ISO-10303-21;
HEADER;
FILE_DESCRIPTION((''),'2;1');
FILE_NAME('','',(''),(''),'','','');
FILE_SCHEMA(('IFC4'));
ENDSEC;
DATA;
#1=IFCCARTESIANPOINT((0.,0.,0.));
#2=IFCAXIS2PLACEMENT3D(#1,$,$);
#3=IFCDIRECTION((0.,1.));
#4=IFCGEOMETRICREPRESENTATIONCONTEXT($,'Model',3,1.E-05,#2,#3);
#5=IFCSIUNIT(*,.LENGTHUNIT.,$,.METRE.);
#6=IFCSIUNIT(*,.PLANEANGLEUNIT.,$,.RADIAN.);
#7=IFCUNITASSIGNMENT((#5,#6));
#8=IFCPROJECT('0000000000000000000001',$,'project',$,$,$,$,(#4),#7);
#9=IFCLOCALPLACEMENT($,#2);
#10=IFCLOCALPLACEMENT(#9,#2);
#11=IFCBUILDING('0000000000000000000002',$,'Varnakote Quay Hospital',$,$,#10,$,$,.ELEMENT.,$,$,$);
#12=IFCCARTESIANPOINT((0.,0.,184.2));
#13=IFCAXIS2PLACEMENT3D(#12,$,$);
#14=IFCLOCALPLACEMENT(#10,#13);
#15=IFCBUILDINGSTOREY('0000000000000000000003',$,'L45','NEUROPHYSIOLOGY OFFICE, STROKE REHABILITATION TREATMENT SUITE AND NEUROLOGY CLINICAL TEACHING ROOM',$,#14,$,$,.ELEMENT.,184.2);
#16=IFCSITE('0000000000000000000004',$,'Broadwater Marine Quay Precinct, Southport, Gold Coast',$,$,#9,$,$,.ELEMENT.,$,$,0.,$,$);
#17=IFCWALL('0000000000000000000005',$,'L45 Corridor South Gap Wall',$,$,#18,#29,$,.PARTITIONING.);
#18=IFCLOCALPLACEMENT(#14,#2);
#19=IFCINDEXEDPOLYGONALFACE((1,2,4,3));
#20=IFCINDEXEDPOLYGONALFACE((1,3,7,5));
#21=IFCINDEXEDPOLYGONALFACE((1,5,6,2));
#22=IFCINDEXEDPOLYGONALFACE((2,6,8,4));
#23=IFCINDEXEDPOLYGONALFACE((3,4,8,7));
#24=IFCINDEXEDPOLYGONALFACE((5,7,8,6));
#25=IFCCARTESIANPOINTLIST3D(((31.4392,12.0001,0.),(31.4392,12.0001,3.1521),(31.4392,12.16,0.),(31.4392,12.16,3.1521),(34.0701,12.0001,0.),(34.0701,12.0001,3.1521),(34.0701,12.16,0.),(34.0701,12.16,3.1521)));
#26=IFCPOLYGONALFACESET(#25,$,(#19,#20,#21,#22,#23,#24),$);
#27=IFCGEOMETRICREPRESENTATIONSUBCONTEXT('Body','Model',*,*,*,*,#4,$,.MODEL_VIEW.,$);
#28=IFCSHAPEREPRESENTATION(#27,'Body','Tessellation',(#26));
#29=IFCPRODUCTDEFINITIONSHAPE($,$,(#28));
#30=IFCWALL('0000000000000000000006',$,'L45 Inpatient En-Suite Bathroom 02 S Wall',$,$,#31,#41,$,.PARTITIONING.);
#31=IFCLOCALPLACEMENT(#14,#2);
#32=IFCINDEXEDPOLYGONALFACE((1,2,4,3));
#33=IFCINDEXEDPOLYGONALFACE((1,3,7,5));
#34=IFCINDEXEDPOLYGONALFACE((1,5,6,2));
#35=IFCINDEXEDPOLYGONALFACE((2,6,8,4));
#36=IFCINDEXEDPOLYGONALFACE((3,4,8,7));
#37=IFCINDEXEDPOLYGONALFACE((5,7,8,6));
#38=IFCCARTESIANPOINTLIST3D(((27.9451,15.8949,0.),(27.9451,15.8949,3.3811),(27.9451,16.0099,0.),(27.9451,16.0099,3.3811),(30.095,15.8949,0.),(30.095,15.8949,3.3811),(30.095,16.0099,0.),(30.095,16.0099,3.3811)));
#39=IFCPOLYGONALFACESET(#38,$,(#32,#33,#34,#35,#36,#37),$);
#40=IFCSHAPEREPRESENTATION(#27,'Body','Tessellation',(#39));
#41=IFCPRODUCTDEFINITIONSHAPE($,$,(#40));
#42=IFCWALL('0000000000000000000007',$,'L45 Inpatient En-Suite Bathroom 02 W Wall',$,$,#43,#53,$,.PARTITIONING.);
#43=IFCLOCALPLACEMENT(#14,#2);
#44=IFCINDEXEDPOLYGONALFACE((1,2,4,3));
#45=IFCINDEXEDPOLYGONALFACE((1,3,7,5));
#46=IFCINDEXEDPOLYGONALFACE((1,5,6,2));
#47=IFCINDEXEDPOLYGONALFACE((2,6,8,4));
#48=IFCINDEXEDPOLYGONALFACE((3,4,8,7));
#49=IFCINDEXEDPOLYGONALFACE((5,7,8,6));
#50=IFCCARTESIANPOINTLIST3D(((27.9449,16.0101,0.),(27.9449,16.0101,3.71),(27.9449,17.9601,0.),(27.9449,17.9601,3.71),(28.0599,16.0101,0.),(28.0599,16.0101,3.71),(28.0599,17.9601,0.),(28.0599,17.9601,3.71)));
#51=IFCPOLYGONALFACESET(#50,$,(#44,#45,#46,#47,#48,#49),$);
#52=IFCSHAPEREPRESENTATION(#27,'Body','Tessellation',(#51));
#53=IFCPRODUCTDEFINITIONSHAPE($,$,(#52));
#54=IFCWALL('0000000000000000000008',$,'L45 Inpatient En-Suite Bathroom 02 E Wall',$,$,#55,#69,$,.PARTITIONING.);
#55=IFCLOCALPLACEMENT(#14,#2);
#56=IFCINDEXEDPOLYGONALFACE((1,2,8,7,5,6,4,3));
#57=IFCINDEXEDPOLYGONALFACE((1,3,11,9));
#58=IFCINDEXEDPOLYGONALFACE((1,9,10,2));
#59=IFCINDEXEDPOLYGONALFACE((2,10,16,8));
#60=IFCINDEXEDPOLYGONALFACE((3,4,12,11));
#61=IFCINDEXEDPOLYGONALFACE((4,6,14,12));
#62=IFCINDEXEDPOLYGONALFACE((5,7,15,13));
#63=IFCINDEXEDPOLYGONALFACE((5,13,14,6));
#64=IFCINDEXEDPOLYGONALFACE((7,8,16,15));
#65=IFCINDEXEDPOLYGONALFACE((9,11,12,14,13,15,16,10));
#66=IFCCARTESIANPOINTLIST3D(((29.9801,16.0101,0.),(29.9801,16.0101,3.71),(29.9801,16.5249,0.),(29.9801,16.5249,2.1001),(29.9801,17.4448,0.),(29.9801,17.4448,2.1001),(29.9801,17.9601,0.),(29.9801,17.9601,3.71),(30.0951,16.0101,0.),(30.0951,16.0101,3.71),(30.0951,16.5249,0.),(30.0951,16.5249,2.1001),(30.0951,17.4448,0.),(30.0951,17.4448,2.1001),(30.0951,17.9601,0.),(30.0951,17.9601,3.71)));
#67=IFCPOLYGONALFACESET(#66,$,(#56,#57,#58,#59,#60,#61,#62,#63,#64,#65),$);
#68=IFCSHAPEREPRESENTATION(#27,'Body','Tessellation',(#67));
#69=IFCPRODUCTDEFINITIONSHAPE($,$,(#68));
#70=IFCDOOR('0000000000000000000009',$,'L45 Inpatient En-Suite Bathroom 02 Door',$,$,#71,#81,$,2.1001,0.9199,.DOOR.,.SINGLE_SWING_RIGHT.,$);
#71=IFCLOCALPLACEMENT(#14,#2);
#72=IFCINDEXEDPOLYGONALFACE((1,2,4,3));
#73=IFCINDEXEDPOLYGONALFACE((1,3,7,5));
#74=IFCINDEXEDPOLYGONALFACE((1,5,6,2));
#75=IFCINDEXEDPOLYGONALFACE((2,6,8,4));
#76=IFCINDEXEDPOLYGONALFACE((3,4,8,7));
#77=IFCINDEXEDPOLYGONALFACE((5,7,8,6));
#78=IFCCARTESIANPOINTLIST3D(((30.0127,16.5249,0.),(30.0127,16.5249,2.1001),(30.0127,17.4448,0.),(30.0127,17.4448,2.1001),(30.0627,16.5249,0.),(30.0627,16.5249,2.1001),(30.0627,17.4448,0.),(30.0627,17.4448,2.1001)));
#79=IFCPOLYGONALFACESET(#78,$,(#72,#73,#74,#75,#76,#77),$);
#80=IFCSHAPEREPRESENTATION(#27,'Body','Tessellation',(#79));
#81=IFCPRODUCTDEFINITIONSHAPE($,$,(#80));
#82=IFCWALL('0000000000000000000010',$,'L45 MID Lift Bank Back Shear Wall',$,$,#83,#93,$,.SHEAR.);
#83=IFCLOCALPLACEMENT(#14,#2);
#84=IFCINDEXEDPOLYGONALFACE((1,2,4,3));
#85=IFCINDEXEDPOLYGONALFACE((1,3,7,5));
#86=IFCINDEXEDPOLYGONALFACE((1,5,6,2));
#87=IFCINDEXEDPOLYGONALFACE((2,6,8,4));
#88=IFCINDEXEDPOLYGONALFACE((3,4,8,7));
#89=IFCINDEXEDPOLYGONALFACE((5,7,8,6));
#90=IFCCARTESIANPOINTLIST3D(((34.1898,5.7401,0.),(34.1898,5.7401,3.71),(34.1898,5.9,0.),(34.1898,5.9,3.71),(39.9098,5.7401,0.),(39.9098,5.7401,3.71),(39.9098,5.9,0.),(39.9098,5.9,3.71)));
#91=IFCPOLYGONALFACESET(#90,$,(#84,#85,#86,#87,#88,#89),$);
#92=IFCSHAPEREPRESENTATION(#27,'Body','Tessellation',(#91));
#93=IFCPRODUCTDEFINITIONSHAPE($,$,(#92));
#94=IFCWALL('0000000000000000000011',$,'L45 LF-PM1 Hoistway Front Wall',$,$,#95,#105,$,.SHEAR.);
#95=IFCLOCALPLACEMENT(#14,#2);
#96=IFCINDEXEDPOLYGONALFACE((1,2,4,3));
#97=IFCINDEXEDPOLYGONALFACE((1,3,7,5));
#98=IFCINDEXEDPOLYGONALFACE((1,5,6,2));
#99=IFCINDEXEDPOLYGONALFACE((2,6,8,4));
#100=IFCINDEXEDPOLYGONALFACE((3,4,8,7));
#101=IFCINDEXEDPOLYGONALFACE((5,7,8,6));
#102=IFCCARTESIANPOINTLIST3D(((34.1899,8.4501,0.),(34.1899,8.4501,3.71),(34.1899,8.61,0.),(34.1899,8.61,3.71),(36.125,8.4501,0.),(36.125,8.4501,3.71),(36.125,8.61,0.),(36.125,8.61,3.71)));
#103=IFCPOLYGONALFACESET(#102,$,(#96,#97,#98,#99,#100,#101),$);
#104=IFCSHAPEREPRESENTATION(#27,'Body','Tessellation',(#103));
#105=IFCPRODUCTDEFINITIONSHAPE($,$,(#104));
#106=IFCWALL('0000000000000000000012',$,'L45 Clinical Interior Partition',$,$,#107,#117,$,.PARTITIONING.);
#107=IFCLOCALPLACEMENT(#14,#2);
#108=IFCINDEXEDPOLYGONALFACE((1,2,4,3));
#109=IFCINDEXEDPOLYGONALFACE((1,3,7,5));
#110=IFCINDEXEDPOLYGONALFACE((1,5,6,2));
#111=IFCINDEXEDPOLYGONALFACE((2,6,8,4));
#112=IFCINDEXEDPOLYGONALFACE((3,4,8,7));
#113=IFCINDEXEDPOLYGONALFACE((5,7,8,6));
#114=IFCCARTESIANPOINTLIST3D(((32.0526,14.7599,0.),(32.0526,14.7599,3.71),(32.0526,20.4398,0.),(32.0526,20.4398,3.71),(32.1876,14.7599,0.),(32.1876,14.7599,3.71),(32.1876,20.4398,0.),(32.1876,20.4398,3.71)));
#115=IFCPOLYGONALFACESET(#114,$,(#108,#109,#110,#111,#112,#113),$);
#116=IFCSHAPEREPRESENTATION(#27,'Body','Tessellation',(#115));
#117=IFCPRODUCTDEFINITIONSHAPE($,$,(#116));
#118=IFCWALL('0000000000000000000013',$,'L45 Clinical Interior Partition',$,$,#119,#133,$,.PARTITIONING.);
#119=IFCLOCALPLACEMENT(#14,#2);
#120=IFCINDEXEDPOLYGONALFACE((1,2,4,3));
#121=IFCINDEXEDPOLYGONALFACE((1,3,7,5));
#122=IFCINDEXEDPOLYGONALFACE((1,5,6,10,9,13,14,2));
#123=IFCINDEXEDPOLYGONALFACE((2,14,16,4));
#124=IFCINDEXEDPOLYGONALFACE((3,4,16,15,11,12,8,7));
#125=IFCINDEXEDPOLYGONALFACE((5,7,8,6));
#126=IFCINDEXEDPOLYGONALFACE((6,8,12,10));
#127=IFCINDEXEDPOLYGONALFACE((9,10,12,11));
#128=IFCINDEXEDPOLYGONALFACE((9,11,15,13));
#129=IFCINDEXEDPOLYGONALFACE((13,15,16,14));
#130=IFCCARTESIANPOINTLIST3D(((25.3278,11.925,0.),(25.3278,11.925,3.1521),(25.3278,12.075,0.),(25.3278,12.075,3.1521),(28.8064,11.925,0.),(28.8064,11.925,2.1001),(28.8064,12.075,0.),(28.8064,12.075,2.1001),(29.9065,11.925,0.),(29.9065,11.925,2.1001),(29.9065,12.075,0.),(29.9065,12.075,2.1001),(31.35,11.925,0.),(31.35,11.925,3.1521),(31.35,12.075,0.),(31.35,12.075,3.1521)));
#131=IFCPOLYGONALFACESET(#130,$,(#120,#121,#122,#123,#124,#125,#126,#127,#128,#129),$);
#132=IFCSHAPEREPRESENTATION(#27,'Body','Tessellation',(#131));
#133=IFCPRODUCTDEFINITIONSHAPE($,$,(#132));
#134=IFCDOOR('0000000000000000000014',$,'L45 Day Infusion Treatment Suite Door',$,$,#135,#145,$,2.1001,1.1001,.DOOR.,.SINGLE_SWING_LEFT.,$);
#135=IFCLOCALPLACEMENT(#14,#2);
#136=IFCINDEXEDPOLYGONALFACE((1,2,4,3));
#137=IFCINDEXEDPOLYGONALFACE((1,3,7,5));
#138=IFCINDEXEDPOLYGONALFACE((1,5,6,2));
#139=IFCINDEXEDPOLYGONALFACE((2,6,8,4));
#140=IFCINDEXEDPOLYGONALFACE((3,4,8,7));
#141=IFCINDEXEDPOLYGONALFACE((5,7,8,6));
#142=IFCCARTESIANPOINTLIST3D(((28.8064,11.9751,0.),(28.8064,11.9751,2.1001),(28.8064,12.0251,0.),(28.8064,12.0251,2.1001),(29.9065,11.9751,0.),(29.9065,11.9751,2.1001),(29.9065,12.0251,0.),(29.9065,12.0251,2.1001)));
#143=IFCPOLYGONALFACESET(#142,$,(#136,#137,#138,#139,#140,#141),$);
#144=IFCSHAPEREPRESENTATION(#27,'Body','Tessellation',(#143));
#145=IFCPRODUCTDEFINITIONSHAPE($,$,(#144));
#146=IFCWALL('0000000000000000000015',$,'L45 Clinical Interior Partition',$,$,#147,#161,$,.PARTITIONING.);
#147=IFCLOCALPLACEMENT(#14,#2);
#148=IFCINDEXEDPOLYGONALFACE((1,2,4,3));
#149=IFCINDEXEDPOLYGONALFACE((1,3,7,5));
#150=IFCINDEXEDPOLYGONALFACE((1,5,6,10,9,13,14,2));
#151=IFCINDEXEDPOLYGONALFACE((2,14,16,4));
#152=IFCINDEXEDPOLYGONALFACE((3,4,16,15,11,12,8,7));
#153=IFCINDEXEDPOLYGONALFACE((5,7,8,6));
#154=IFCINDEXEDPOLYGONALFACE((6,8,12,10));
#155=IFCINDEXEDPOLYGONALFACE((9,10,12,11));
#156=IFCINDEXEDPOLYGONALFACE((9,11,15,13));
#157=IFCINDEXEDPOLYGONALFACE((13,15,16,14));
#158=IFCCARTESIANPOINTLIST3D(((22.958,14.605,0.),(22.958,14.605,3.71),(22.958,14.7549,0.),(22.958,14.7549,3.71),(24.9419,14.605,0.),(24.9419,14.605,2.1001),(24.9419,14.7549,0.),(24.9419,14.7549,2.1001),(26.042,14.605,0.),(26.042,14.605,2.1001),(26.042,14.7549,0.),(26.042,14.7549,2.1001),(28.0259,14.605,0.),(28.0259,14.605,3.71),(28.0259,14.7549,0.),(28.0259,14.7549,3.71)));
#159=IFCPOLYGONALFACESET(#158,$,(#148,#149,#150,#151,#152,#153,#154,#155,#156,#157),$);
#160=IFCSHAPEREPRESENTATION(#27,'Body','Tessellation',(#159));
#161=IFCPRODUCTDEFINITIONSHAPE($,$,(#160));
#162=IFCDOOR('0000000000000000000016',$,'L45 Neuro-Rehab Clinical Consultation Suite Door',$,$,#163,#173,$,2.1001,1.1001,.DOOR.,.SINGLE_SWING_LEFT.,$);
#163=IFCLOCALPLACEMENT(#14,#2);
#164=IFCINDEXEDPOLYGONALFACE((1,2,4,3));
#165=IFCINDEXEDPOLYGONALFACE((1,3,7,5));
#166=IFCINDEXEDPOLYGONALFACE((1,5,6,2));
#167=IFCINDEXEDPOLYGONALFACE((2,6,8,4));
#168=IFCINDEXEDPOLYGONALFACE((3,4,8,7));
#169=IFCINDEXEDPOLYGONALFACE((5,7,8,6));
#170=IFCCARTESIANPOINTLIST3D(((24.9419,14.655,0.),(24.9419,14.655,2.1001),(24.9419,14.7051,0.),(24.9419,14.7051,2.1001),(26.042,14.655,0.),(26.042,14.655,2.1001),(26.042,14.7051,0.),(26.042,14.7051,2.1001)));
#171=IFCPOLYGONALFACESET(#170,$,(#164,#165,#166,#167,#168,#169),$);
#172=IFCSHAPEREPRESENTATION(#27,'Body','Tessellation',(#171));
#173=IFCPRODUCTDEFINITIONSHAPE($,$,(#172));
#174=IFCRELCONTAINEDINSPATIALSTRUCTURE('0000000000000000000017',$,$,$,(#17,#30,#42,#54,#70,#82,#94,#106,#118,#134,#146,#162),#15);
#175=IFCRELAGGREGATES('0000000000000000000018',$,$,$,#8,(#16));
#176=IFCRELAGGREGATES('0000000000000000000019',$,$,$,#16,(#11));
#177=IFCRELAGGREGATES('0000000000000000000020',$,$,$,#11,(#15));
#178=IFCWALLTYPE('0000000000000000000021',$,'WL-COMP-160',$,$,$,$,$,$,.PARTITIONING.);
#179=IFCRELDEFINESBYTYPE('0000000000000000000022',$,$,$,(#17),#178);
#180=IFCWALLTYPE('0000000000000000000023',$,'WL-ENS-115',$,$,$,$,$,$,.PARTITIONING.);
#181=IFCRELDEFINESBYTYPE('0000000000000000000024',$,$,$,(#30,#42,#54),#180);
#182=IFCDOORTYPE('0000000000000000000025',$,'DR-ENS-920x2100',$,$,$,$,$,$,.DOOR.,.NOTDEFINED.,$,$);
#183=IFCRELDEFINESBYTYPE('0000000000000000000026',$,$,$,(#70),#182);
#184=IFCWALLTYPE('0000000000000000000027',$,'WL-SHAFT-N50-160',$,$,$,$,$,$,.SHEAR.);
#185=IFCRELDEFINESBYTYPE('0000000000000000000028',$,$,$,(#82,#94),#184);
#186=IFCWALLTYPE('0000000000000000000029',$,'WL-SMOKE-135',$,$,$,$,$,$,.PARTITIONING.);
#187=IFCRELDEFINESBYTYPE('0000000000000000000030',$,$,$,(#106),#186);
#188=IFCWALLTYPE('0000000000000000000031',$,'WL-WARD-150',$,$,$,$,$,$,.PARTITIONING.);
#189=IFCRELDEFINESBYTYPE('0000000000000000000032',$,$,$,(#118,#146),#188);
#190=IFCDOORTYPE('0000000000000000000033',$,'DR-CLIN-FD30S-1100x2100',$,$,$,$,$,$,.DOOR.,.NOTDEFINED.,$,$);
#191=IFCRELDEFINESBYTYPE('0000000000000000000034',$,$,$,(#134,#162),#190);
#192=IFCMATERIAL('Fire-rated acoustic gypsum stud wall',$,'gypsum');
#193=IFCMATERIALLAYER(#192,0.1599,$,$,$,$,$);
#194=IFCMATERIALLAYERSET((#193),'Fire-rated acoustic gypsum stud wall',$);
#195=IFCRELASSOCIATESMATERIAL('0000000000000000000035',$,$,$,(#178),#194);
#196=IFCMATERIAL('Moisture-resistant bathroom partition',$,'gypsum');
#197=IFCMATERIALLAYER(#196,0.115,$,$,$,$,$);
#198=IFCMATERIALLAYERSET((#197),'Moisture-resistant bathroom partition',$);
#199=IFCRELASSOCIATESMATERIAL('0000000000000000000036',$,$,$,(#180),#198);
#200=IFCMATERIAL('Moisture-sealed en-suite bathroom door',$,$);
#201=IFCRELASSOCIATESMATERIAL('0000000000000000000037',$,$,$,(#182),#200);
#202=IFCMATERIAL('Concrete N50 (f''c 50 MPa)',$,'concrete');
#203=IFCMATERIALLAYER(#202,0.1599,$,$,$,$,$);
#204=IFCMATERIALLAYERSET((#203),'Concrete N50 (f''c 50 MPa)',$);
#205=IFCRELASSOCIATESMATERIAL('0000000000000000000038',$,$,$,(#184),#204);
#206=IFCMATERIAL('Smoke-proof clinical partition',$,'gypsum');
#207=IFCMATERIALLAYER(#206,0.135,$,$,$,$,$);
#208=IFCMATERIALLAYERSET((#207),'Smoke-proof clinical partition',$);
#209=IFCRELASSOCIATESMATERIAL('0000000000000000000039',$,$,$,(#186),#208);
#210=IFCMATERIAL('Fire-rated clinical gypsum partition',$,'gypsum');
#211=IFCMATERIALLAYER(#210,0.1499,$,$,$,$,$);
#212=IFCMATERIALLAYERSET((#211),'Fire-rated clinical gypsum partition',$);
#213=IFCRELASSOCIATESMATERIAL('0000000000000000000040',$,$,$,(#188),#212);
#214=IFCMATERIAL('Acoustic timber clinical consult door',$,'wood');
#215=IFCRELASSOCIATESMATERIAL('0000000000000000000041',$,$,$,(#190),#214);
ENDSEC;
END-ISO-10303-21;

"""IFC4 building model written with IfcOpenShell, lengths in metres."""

from ifc_helpers import new_model, si_unit, direction, frame, frame_2d, origin, place, context, subcontext, project, spatial, rectangle, extrude, material, layer, layer_set, type_object, element, fill, save


model = new_model("IFC4")

# Units and contexts
model_context = context("Model", 3, precision=1e-05, world=origin(), true_north=direction((0.0, 1.0)))
body_context = subcontext(model_context, "Body", "Model", "MODEL_VIEW")
ifc_project = project(units=[si_unit("LENGTHUNIT", "METRE"), si_unit("PLANEANGLEUNIT", "RADIAN")], contexts=[model_context])

# Site, building, storey
site_placement = place(None, origin())
site = spatial("IfcSite", under=ifc_project, at=site_placement, Name="Broadwater Marine Quay Precinct, Southport, Gold Coast", CompositionType="ELEMENT", RefElevation=0.0)
building_placement = place(site_placement, origin())
building = spatial("IfcBuilding", under=site, at=building_placement, Name="Varnakote Quay Hospital", CompositionType="ELEMENT")
storey_placement = place(building_placement, frame((0.0, 0.0, 184.2)))
storey = spatial("IfcBuildingStorey", under=building, at=storey_placement, Name="L45", Description="NEUROPHYSIOLOGY OFFICE, STROKE REHABILITATION TREATMENT SUITE AND NEUROLOGY CLINICAL TEACHING ROOM", CompositionType="ELEMENT", Elevation=184.2)

# Shared definitions
ifc_material_1 = material(Name="Fire-rated acoustic gypsum stud wall", Category="gypsum")
ifc_layer_1 = layer(ifc_material_1, 0.1599)
ifc_layer_set_1 = layer_set([ifc_layer_1], Name="Fire-rated acoustic gypsum stud wall")
wall_type_1 = type_object("IfcWallType", Name="WL-COMP-160", PredefinedType="PARTITIONING", material=ifc_layer_set_1)

# Walls
wall_1_placement = place(storey_placement, frame((31.4392, 12.0801, 0.0), z_axis=(0.0, 0.0, 1.0), x_axis=(1.0, 0.0, 0.0)))
element("IfcWall", 1, at=wall_1_placement, inside=storey, type_object=wall_type_1, Name="L45 Corridor South Gap Wall", PredefinedType="PARTITIONING", context=body_context, shape_type="SweptSolid", body=[
    extrude(rectangle(XDim=2.6309, YDim=0.1599, at=frame_2d((1.3154, 0.0))), origin(), (0.0, 0.0, 1.0), 3.1521),
])
ifc_material_2 = material(Name="Moisture-resistant bathroom partition", Category="gypsum")
ifc_layer_2 = layer(ifc_material_2, 0.115)
ifc_layer_set_2 = layer_set([ifc_layer_2], Name="Moisture-resistant bathroom partition")
wall_type_2 = type_object("IfcWallType", Name="WL-ENS-115", PredefinedType="PARTITIONING", material=ifc_layer_set_2)
wall_2_placement = place(storey_placement, frame((27.9451, 15.9524, 0.0), z_axis=(0.0, 0.0, 1.0), x_axis=(1.0, 0.0, 0.0)))
element("IfcWall", 2, at=wall_2_placement, inside=storey, type_object=wall_type_2, Name="L45 Inpatient En-Suite Bathroom 02 S Wall", PredefinedType="PARTITIONING", context=body_context, shape_type="SweptSolid", body=[
    extrude(rectangle(XDim=2.1499, YDim=0.115, at=frame_2d((1.075, 0.0))), origin(), (0.0, 0.0, 1.0), 3.3811),
])
wall_3_placement = place(storey_placement, frame((28.0024, 16.01, 0.0), z_axis=(0.0, 0.0, 1.0), x_axis=(0.0, 1.0, 0.0)))
element("IfcWall", 3, at=wall_3_placement, inside=storey, type_object=wall_type_2, Name="L45 Inpatient En-Suite Bathroom 02 W Wall", PredefinedType="PARTITIONING", context=body_context, shape_type="SweptSolid", body=[
    extrude(rectangle(XDim=1.95, YDim=0.115, at=frame_2d((0.9751, 0.0))), origin(), (0.0, 0.0, 1.0), 3.71),
])

# Wall, opening, door
wall_4_placement = place(storey_placement, frame((30.0376, 16.01, 0.0), z_axis=(0.0, 0.0, 1.0), x_axis=(0.0, 1.0, 0.0)))
wall_4 = element("IfcWall", 4, at=wall_4_placement, inside=storey, type_object=wall_type_2, Name="L45 Inpatient En-Suite Bathroom 02 E Wall", PredefinedType="PARTITIONING", context=body_context, shape_type="SweptSolid", body=[
    extrude(rectangle(XDim=1.95, YDim=0.115, at=frame_2d((0.9751, 0.0))), origin(), (0.0, 0.0, 1.0), 3.71),
])
opening_1_placement = place(wall_4_placement, frame((0.5149, 0.0, 0.0)))
opening_1 = element("IfcOpeningElement", 5, at=opening_1_placement, cuts=wall_4, PredefinedType="OPENING", context=body_context, shape_type="SweptSolid", body=[
    extrude(rectangle(XDim=0.9199, YDim=2.1001, at=frame_2d((0.46, 1.05))), frame((0.0, 0.0674, 0.0), z_axis=(0.0, -1.0, 0.0), x_axis=(1.0, 0.0, 0.0)), (0.0, 0.0, 1.0), 0.135),
])
ifc_material_3 = material(Name="Moisture-sealed en-suite bathroom door")
door_type_1 = type_object("IfcDoorType", Name="DR-ENS-920x2100", OperationType="NOTDEFINED", PredefinedType="DOOR", material=ifc_material_3)
door_1_placement = place(opening_1_placement, origin())
door_1 = element("IfcDoor", 6, at=door_1_placement, inside=storey, type_object=door_type_1, Name="L45 Inpatient En-Suite Bathroom 02 Door", OperationType="SINGLE_SWING_RIGHT", OverallHeight=2.1001, OverallWidth=0.9199, PredefinedType="DOOR", context=body_context, shape_type="SweptSolid", body=[
    extrude(rectangle(XDim=0.9199, YDim=2.1001, at=frame_2d((0.46, 1.05))), frame((0.0, 0.0249, 0.0), z_axis=(0.0, -1.0, 0.0), x_axis=(1.0, 0.0, 0.0)), (0.0, 0.0, 1.0), 0.05),
])
fill(opening_1, door_1)

# Walls
ifc_material_4 = material(Name="Concrete N50 (f'c 50 MPa)", Category="concrete")
ifc_layer_3 = layer(ifc_material_4, 0.1599)
ifc_layer_set_3 = layer_set([ifc_layer_3], Name="Concrete N50 (f'c 50 MPa)")
wall_type_3 = type_object("IfcWallType", Name="WL-SHAFT-N50-160", PredefinedType="SHEAR", material=ifc_layer_set_3)
wall_5_placement = place(storey_placement, frame((34.1899, 5.8201, 0.0), z_axis=(0.0, 0.0, 1.0), x_axis=(1.0, 0.0, 0.0)))
element("IfcWall", 7, at=wall_5_placement, inside=storey, type_object=wall_type_3, Name="L45 MID Lift Bank Back Shear Wall", PredefinedType="SHEAR", context=body_context, shape_type="SweptSolid", body=[
    extrude(rectangle(XDim=5.72, YDim=0.1599, at=frame_2d((2.8599, 0.0))), origin(), (0.0, 0.0, 1.0), 3.71),
])
wall_6_placement = place(storey_placement, frame((34.1899, 8.53, 0.0), z_axis=(0.0, 0.0, 1.0), x_axis=(1.0, 0.0, 0.0)))
element("IfcWall", 8, at=wall_6_placement, inside=storey, type_object=wall_type_3, Name="L45 LF-PM1 Hoistway Front Wall", PredefinedType="SHEAR", context=body_context, shape_type="SweptSolid", body=[
    extrude(rectangle(XDim=1.9351, YDim=0.1599, at=frame_2d((0.9675, 0.0))), origin(), (0.0, 0.0, 1.0), 3.71),
])
ifc_material_5 = material(Name="Smoke-proof clinical partition", Category="gypsum")
ifc_layer_4 = layer(ifc_material_5, 0.135)
ifc_layer_set_4 = layer_set([ifc_layer_4], Name="Smoke-proof clinical partition")
wall_type_4 = type_object("IfcWallType", Name="WL-SMOKE-135", PredefinedType="PARTITIONING", material=ifc_layer_set_4)
wall_7_placement = place(storey_placement, frame((32.1201, 14.76, 0.0), z_axis=(0.0, 0.0, 1.0), x_axis=(0.0, 1.0, 0.0)))
element("IfcWall", 9, at=wall_7_placement, inside=storey, type_object=wall_type_4, Name="L45 Clinical Interior Partition", PredefinedType="PARTITIONING", context=body_context, shape_type="SweptSolid", body=[
    extrude(rectangle(XDim=5.6799, YDim=0.135, at=frame_2d((2.8398, 0.0))), origin(), (0.0, 0.0, 1.0), 3.71),
])

# Walls, openings, doors
ifc_material_6 = material(Name="Fire-rated clinical gypsum partition", Category="gypsum")
ifc_layer_5 = layer(ifc_material_6, 0.1499)
ifc_layer_set_5 = layer_set([ifc_layer_5], Name="Fire-rated clinical gypsum partition")
wall_type_5 = type_object("IfcWallType", Name="WL-WARD-150", PredefinedType="PARTITIONING", material=ifc_layer_set_5)
wall_8_placement = place(storey_placement, frame((31.3501, 12.0, 0.0), z_axis=(0.0, 0.0, 1.0), x_axis=(-1.0, 0.0, 0.0)))
wall_8 = element("IfcWall", 10, at=wall_8_placement, inside=storey, type_object=wall_type_5, Name="L45 Clinical Interior Partition", PredefinedType="PARTITIONING", context=body_context, shape_type="SweptSolid", body=[
    extrude(rectangle(XDim=6.0222, YDim=0.1499, at=frame_2d((3.0112, 0.0))), origin(), (0.0, 0.0, 1.0), 3.1521),
])
opening_2_placement = place(wall_8_placement, frame((1.4436, 0.0, 0.0)))
opening_2 = element("IfcOpeningElement", 11, at=opening_2_placement, cuts=wall_8, PredefinedType="OPENING", context=body_context, shape_type="SweptSolid", body=[
    extrude(rectangle(XDim=1.1001, YDim=2.1001, at=frame_2d((0.55, 1.05))), frame((0.0, 0.085, 0.0), z_axis=(0.0, -1.0, 0.0), x_axis=(1.0, 0.0, 0.0)), (0.0, 0.0, 1.0), 0.1699),
])
ifc_material_7 = material(Name="Acoustic timber clinical consult door", Category="wood")
door_type_2 = type_object("IfcDoorType", Name="DR-CLIN-FD30S-1100x2100", OperationType="NOTDEFINED", PredefinedType="DOOR", material=ifc_material_7)
door_2_placement = place(opening_2_placement, origin())
door_2 = element("IfcDoor", 12, at=door_2_placement, inside=storey, type_object=door_type_2, Name="L45 Day Infusion Treatment Suite Door", OperationType="SINGLE_SWING_LEFT", OverallHeight=2.1001, OverallWidth=1.1001, PredefinedType="DOOR", context=body_context, shape_type="SweptSolid", body=[
    extrude(rectangle(XDim=1.1001, YDim=2.1001, at=frame_2d((0.55, 1.05))), frame((0.0, 0.0249, 0.0), z_axis=(0.0, -1.0, 0.0), x_axis=(1.0, 0.0, 0.0)), (0.0, 0.0, 1.0), 0.05),
])
fill(opening_2, door_2)
wall_9_placement = place(storey_placement, frame((28.0259, 14.6799, 0.0), z_axis=(0.0, 0.0, 1.0), x_axis=(-1.0, 0.0, 0.0)))
wall_9 = element("IfcWall", 13, at=wall_9_placement, inside=storey, type_object=wall_type_5, Name="L45 Clinical Interior Partition", PredefinedType="PARTITIONING", context=body_context, shape_type="SweptSolid", body=[
    extrude(rectangle(XDim=5.0679, YDim=0.1499, at=frame_2d((2.5339, 0.0))), origin(), (0.0, 0.0, 1.0), 3.71),
])
opening_3_placement = place(wall_9_placement, frame((1.9839, 0.0, 0.0)))
opening_3 = element("IfcOpeningElement", 14, at=opening_3_placement, cuts=wall_9, PredefinedType="OPENING", context=body_context, shape_type="SweptSolid", body=[
    extrude(rectangle(XDim=1.1001, YDim=2.1001, at=frame_2d((0.55, 1.05))), frame((0.0, 0.085, 0.0), z_axis=(0.0, -1.0, 0.0), x_axis=(1.0, 0.0, 0.0)), (0.0, 0.0, 1.0), 0.1699),
])
door_3_placement = place(opening_3_placement, origin())
door_3 = element("IfcDoor", 15, at=door_3_placement, inside=storey, type_object=door_type_2, Name="L45 Neuro-Rehab Clinical Consultation Suite Door", OperationType="SINGLE_SWING_LEFT", OverallHeight=2.1001, OverallWidth=1.1001, PredefinedType="DOOR", context=body_context, shape_type="SweptSolid", body=[
    extrude(rectangle(XDim=1.1001, YDim=2.1001, at=frame_2d((0.55, 1.05))), frame((0.0, 0.0249, 0.0), z_axis=(0.0, -1.0, 0.0), x_axis=(1.0, 0.0, 0.0)), (0.0, 0.0, 1.0), 0.05),
])
fill(opening_3, door_3)

save(model, "model.ifc")
